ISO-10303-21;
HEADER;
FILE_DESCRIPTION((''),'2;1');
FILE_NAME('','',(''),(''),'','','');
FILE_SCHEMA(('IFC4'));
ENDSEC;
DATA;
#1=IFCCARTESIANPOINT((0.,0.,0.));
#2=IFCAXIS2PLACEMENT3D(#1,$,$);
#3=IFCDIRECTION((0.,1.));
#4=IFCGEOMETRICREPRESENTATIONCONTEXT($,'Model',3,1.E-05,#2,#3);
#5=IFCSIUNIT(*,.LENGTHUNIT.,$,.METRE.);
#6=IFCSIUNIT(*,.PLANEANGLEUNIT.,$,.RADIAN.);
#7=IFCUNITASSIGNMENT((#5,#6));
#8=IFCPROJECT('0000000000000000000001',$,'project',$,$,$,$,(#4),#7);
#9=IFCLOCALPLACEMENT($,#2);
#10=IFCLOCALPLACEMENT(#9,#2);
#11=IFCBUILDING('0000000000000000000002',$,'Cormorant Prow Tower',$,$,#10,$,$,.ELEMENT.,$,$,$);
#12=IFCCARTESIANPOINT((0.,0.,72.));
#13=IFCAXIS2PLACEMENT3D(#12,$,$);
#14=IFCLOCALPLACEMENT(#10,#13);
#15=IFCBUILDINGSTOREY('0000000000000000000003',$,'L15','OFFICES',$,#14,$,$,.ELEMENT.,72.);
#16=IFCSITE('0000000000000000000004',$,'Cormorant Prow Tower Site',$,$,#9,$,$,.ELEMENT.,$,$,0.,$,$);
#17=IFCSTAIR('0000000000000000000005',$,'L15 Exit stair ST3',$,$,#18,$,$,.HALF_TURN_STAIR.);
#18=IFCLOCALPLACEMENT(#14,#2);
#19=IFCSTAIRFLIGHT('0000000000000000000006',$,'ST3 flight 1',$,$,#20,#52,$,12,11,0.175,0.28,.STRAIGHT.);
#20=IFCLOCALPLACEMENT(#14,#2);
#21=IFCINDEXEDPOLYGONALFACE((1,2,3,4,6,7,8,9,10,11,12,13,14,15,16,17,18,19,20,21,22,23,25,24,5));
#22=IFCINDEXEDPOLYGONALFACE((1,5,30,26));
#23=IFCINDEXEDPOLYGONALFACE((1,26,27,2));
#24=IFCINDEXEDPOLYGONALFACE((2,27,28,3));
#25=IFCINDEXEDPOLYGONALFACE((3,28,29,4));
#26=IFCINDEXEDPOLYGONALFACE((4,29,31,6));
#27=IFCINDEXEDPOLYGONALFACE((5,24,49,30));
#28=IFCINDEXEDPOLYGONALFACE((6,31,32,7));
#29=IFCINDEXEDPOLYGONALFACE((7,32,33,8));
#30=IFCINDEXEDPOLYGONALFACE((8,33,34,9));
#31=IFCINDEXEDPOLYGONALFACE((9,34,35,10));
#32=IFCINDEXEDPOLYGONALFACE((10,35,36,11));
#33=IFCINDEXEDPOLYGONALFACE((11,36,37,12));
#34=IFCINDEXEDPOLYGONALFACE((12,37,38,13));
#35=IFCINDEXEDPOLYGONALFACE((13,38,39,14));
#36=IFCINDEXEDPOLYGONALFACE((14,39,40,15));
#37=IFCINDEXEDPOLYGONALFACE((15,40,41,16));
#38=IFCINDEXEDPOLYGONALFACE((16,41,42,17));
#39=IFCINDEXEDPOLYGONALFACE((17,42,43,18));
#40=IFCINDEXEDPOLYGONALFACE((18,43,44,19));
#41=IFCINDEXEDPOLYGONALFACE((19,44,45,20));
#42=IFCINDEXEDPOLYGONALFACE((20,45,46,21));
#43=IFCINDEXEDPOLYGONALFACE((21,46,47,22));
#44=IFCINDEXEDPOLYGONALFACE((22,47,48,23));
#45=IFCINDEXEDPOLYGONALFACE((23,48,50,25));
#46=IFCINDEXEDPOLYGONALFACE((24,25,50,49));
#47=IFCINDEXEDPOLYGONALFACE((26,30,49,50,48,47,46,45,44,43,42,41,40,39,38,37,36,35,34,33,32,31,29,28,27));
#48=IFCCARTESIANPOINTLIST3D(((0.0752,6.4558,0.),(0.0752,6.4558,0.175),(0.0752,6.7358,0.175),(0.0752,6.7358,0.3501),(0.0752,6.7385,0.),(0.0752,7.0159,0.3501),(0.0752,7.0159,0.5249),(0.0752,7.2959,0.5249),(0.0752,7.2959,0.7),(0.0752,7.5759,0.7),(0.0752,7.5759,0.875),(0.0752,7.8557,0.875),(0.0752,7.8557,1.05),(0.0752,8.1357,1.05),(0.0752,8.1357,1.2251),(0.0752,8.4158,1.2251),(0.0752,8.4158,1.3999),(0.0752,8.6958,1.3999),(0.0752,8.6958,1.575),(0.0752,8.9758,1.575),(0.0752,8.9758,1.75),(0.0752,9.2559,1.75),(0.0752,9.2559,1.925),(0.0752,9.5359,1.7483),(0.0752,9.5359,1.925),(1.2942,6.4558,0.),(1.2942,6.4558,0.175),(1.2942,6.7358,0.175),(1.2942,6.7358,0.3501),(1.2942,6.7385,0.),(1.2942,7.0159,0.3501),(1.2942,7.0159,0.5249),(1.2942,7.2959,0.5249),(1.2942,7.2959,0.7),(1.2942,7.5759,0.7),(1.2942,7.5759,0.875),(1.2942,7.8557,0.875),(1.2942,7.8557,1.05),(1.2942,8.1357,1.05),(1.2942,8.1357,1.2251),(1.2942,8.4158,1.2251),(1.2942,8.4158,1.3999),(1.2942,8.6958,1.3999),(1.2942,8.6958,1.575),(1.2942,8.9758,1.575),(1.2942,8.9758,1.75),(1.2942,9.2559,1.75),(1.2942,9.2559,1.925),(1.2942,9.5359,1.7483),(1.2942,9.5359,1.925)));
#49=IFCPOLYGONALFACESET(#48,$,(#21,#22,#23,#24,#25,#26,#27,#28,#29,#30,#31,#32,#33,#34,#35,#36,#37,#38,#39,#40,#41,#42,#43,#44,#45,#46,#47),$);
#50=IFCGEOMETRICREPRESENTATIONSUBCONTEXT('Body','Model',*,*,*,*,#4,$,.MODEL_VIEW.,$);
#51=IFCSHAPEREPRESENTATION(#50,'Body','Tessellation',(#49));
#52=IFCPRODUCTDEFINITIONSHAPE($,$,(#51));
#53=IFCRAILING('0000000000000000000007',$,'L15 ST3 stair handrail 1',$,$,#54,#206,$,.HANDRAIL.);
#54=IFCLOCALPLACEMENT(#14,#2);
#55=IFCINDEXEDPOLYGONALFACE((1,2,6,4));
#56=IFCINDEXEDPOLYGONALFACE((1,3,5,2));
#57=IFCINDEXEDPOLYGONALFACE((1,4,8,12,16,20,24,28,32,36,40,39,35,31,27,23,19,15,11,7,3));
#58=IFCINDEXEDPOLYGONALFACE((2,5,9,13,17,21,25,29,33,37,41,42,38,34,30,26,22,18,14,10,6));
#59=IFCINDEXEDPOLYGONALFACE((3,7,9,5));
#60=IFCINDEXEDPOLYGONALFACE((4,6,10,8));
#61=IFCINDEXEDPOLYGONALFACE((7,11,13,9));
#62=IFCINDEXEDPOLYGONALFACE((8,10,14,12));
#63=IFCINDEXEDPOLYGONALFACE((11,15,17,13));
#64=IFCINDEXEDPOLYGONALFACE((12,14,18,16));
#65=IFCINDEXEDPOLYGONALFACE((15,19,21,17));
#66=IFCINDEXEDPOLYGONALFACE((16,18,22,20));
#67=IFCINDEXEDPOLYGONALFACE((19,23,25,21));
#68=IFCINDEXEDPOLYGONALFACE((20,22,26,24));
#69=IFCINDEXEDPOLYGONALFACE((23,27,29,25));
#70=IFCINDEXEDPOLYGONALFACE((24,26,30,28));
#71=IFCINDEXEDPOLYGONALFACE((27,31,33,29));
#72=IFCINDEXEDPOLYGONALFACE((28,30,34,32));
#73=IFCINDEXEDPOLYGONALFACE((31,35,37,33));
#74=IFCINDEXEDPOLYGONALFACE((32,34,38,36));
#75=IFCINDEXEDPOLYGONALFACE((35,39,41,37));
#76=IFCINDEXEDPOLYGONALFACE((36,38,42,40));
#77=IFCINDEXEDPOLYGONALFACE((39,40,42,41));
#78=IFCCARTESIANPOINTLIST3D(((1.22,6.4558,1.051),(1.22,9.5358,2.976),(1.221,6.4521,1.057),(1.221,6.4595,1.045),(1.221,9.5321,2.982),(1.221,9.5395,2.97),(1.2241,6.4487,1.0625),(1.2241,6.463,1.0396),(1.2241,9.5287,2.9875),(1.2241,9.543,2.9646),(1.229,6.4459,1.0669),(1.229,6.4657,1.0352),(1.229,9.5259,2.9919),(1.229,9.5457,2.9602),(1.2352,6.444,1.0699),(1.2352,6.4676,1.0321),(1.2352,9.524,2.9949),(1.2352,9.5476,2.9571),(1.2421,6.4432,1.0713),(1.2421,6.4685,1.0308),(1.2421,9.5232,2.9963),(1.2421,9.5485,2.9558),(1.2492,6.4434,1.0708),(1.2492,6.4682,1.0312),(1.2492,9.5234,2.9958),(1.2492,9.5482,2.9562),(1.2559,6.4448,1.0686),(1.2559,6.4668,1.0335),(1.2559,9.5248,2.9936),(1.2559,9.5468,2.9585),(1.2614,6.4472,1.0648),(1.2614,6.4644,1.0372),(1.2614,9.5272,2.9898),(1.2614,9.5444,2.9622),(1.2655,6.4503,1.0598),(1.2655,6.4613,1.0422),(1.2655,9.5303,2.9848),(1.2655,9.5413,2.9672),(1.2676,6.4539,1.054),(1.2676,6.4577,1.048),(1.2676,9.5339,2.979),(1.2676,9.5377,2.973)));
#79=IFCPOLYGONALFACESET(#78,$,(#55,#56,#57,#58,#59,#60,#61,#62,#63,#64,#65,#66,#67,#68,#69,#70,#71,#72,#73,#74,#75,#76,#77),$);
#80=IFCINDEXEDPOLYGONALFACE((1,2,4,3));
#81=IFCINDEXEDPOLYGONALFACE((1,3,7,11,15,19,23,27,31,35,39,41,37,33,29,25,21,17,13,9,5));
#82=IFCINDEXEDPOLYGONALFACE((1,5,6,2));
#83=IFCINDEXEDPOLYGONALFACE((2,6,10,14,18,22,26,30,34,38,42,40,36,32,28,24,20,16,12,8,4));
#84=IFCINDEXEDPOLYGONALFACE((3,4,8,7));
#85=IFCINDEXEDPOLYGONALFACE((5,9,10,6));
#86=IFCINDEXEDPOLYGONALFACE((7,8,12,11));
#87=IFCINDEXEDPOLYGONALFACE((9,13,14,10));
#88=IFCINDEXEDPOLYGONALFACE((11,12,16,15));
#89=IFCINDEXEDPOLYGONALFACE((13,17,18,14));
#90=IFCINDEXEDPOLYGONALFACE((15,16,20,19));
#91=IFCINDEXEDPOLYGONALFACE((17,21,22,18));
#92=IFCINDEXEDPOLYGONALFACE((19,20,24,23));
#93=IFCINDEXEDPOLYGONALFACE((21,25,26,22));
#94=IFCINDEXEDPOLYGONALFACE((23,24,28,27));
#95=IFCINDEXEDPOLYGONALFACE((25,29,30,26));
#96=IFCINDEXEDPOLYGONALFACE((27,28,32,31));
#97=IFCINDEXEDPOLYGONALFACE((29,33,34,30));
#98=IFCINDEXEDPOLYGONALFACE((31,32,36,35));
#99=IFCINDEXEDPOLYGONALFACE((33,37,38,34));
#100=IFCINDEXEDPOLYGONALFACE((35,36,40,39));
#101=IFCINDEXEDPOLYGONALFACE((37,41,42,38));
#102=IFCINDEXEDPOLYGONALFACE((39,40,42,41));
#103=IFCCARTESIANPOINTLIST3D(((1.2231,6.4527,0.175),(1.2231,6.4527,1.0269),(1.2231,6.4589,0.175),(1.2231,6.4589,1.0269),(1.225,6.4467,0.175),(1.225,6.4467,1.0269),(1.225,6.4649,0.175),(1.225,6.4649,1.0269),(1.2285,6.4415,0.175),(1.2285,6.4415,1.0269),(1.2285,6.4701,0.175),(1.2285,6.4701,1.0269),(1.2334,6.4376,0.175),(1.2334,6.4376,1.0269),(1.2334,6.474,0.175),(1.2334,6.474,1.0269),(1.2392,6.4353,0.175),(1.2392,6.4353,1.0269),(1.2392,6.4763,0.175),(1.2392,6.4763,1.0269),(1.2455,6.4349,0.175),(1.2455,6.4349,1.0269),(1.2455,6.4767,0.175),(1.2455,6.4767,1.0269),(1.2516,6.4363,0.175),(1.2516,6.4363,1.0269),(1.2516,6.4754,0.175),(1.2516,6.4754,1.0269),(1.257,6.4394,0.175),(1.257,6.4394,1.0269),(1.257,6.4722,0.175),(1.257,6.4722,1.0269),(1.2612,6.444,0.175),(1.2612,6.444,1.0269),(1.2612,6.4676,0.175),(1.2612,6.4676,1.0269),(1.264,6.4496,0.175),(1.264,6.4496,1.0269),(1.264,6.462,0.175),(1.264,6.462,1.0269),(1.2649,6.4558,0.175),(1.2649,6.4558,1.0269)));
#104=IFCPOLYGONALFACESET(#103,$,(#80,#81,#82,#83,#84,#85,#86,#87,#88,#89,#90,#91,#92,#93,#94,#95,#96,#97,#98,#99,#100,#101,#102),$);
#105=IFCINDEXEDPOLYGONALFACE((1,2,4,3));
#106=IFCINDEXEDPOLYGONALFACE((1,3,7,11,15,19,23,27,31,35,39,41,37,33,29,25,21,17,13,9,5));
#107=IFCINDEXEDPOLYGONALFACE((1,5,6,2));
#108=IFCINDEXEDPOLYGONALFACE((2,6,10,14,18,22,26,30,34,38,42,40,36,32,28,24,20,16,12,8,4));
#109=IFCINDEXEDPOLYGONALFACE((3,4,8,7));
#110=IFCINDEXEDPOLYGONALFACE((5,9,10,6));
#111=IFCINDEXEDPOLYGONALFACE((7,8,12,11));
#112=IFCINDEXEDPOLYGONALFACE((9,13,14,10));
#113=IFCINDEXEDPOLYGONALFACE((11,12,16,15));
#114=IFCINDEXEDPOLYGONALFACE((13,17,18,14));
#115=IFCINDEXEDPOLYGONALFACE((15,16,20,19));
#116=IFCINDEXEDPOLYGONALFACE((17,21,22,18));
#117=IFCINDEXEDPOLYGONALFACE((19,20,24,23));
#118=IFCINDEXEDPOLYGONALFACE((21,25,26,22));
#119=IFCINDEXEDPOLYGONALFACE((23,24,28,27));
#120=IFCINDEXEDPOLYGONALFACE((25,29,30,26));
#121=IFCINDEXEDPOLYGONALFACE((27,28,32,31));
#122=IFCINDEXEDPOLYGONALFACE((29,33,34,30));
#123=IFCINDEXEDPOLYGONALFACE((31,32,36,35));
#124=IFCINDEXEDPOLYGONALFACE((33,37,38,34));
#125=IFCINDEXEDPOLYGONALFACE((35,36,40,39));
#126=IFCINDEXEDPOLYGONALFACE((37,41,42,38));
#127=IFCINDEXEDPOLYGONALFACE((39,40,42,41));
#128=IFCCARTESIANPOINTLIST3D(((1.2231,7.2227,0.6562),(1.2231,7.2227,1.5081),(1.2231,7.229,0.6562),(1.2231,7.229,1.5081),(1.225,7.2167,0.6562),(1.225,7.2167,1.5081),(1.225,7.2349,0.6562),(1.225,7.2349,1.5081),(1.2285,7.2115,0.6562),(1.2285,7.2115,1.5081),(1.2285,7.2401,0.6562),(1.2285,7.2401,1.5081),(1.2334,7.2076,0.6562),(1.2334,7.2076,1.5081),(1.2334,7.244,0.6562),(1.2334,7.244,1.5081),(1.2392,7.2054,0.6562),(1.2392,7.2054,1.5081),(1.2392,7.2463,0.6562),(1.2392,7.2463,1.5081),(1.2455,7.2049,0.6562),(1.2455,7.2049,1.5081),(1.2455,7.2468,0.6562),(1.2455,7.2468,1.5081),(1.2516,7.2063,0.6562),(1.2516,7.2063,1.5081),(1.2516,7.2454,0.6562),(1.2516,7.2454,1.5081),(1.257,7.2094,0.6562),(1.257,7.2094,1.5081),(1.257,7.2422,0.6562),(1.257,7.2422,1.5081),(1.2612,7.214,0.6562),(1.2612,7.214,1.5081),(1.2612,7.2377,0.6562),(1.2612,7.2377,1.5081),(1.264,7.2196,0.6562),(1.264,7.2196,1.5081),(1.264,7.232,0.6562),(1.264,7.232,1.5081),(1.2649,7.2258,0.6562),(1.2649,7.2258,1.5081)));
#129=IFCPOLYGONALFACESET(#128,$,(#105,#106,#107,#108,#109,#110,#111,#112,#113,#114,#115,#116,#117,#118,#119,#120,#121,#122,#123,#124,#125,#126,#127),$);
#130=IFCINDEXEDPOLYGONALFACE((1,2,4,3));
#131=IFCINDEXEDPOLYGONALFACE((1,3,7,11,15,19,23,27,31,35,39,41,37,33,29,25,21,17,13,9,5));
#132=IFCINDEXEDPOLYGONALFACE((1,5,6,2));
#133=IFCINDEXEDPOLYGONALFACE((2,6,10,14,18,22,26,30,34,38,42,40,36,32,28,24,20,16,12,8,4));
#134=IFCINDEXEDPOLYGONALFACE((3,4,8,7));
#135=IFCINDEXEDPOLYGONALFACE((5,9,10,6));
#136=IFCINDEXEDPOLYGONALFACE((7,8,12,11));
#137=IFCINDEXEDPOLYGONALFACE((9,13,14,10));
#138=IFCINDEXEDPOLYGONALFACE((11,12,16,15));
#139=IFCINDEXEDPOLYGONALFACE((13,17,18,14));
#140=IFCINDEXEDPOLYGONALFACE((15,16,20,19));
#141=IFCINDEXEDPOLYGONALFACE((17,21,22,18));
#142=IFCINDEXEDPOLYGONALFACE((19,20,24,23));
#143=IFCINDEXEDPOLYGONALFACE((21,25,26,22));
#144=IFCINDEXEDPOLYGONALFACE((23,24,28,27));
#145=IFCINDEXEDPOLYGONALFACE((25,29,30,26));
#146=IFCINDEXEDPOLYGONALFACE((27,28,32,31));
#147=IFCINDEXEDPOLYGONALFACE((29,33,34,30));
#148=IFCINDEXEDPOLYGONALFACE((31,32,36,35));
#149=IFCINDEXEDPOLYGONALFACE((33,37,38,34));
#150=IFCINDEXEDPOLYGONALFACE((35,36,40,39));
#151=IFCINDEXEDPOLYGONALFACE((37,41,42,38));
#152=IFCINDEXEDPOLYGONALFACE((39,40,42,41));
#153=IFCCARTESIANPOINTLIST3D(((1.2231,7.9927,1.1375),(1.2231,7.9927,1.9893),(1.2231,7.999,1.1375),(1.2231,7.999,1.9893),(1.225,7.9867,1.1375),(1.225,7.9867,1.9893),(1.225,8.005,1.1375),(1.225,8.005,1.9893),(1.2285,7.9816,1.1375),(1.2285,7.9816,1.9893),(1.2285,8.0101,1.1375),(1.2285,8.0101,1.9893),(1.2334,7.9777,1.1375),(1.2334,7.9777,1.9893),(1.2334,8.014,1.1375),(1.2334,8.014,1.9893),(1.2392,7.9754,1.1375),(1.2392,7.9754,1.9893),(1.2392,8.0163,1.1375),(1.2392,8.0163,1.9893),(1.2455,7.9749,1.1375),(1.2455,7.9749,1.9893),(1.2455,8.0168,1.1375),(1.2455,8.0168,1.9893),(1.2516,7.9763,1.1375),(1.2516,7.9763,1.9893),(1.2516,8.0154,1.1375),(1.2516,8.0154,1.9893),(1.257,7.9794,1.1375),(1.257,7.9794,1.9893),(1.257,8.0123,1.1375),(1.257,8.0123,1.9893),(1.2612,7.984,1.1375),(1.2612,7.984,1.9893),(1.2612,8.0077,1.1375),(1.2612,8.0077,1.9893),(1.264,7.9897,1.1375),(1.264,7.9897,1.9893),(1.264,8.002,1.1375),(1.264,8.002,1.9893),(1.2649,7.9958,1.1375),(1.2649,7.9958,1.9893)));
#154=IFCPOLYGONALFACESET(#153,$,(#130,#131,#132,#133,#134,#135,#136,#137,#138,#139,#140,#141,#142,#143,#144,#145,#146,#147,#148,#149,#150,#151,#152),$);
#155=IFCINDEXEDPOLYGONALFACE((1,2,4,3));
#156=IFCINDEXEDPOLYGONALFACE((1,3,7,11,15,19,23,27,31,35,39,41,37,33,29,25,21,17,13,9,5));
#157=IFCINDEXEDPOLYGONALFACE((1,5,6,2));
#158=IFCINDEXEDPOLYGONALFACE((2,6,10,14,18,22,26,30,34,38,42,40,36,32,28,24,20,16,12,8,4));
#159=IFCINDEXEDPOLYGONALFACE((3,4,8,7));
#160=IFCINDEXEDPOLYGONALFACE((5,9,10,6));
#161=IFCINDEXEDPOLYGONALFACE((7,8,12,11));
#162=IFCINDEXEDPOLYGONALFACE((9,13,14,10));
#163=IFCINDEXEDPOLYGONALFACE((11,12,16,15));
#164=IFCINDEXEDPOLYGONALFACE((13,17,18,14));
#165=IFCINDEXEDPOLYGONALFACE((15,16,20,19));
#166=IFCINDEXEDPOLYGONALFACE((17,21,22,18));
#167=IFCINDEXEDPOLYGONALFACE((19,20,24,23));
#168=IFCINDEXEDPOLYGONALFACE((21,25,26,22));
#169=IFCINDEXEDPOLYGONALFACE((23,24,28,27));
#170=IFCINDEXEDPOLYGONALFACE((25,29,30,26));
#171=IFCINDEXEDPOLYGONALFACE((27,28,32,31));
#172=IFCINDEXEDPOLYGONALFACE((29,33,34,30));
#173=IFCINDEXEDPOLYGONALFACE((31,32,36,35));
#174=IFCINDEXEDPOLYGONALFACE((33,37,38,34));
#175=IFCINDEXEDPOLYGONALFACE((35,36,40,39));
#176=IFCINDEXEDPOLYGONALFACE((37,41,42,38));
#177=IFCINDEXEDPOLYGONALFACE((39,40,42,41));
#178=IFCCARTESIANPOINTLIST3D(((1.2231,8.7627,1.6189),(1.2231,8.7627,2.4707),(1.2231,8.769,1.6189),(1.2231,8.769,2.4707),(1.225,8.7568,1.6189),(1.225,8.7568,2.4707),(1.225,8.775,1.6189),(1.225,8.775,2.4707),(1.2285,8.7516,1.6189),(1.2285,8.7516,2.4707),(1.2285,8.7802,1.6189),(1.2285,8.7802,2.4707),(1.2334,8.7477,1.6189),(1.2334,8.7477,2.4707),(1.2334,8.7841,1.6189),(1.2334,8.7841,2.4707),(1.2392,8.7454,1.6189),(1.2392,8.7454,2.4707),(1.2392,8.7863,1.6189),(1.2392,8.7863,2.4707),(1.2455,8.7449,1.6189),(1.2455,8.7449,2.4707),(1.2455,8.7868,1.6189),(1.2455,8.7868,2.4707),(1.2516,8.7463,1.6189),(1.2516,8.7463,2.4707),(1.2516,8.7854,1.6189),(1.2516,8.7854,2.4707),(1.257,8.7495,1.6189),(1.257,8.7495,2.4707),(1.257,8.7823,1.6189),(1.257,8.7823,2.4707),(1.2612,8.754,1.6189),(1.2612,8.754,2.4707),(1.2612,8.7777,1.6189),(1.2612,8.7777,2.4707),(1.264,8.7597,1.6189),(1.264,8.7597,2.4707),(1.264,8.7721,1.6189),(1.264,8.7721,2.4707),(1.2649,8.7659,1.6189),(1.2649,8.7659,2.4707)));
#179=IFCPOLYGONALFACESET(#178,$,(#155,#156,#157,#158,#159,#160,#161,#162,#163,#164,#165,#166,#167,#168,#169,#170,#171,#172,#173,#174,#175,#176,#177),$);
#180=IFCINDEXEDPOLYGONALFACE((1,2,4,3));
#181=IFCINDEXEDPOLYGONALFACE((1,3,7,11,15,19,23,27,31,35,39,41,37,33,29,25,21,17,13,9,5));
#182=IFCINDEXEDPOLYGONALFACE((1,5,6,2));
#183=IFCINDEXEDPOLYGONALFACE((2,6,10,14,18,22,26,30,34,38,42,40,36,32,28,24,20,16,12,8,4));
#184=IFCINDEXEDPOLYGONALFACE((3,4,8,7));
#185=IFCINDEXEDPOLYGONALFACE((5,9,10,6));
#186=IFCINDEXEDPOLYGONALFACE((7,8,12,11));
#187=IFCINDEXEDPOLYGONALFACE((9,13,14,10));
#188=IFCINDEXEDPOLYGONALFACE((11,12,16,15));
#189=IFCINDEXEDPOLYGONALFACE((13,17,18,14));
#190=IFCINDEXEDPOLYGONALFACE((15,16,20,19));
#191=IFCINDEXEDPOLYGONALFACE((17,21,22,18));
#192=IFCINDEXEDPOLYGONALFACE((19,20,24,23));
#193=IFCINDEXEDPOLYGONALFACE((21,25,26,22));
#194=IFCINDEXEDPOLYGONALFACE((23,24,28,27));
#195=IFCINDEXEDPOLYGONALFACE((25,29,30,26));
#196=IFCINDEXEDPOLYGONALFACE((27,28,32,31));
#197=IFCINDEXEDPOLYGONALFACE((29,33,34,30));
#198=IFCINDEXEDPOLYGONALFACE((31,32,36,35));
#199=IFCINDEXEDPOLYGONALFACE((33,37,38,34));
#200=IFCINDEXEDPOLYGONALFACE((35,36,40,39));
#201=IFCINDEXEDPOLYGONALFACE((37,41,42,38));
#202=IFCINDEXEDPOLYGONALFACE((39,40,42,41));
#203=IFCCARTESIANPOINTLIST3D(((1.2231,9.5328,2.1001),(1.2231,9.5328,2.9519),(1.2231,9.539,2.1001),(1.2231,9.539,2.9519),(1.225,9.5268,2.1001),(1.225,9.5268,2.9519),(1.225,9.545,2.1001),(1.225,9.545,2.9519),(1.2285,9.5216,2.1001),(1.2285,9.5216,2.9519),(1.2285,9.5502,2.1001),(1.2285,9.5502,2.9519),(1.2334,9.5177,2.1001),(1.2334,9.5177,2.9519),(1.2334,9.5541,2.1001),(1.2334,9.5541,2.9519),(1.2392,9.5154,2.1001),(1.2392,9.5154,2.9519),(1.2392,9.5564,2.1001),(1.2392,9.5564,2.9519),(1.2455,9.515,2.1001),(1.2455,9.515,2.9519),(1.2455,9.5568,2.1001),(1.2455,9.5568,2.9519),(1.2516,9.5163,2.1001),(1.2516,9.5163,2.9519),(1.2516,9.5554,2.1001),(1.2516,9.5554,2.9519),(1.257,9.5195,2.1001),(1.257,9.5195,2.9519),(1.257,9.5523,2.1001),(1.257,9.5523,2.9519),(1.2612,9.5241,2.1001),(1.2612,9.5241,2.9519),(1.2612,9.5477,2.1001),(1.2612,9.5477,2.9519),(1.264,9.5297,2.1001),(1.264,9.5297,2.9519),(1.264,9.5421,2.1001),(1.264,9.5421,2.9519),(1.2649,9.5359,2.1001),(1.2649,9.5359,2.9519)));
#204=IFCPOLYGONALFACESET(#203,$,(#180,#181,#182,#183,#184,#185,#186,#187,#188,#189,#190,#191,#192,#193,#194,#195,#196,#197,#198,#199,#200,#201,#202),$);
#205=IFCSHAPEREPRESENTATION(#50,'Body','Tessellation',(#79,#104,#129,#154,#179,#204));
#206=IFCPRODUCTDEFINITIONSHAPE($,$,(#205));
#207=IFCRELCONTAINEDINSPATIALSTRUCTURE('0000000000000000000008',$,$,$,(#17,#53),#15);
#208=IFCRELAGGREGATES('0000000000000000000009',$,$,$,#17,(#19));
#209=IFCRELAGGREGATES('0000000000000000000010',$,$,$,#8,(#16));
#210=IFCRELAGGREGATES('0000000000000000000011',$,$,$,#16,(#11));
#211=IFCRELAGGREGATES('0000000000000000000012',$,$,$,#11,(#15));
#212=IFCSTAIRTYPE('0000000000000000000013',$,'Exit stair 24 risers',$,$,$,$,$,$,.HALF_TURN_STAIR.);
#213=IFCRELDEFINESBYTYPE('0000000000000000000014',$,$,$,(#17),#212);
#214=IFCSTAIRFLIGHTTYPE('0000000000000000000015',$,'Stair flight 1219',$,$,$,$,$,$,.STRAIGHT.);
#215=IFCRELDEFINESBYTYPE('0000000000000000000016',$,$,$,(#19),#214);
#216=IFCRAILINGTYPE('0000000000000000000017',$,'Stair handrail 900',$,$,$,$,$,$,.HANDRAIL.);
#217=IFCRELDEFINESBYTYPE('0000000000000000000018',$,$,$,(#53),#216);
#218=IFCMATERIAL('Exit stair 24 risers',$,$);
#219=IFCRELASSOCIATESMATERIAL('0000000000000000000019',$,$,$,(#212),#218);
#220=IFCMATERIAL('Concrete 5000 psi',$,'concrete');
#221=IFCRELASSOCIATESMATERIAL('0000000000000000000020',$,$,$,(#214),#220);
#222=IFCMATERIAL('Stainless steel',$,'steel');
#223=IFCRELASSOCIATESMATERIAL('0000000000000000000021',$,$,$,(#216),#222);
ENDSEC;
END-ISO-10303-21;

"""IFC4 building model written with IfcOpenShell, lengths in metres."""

from ifc_helpers import new_model, si_unit, direction, frame, origin, origin_2d, place, context, subcontext, project, spatial, polyline, circle, outline, extrude, material, type_object, element, aggregate, save


model = new_model("IFC4")

# Units and contexts
model_context = context("Model", 3, precision=1e-05, world=origin(), true_north=direction((0.0, 1.0)))
body_context = subcontext(model_context, "Body", "Model", "MODEL_VIEW")
ifc_project = project(units=[si_unit("LENGTHUNIT", "METRE"), si_unit("PLANEANGLEUNIT", "RADIAN")], contexts=[model_context])

# Site, building, storey
site_placement = place(None, origin())
site = spatial("IfcSite", under=ifc_project, at=site_placement, Name="Cormorant Prow Tower Site", CompositionType="ELEMENT", RefElevation=0.0)
building_placement = place(site_placement, origin())
building = spatial("IfcBuilding", under=site, at=building_placement, Name="Cormorant Prow Tower", CompositionType="ELEMENT")
storey_placement = place(building_placement, frame((0.0, 0.0, 72.0)))
storey = spatial("IfcBuildingStorey", under=building, at=storey_placement, Name="L15", Description="OFFICES", CompositionType="ELEMENT", Elevation=72.0)

# Stair, stair flight
ifc_material_1 = material(Name="Exit stair 24 risers")
stair_type = type_object("IfcStairType", Name="Exit stair 24 risers", PredefinedType="HALF_TURN_STAIR", material=ifc_material_1)
stair_placement = place(storey_placement, origin())
stair = element("IfcStair", 1, at=stair_placement, inside=storey, type_object=stair_type, Name="L15 Exit stair ST3", PredefinedType="HALF_TURN_STAIR")
ifc_material_2 = material(Name="Concrete 5000 psi", Category="concrete")
stair_flight_type = type_object("IfcStairFlightType", Name="Stair flight 1219", PredefinedType="STRAIGHT", material=ifc_material_2)
stair_flight_placement = place(storey_placement, frame((0.6846, 6.4558, 0.0), z_axis=(0.0, 0.0, 1.0), x_axis=(0.0, 1.0, 0.0)))
stair_flight = element("IfcStairFlight", 2, at=stair_flight_placement, type_object=stair_flight_type, Name="ST3 flight 1", NumberOfRisers=12, NumberOfTreads=11, PredefinedType="STRAIGHT", RiserHeight=0.175, TreadLength=0.28, context=body_context, shape_type="SweptSolid", body=[
    extrude(outline(polyline([(0.0, 0.0), (0.0, 0.175), (0.28, 0.175), (0.28, 0.3501), (0.5601, 0.3501), (0.5601, 0.5249), (0.8401, 0.5249), (0.8401, 0.7), (1.1201, 0.7), (1.1201, 0.875), (1.3999, 0.875), (1.3999, 1.05), (1.6799, 1.05), (1.6799, 1.2251), (1.96, 1.2251), (1.96, 1.3999), (2.24, 1.3999), (2.24, 1.575), (2.52, 1.575), (2.52, 1.75), (2.8, 1.75), (2.8, 1.925), (3.0801, 1.925), (3.0801, 2.1001), (3.0801, 1.7483), (0.2827, 0.0), (0.0, 0.0)])), frame((0.0, 0.6094, 0.0), z_axis=(0.0, -1.0, 0.0), x_axis=(1.0, 0.0, 0.0)), (0.0, 0.0, 1.0), 1.219),
])
aggregate(stair, [stair_flight])

# Railing
ifc_material_3 = material(Name="Stainless steel", Category="steel")
railing_type_1 = type_object("IfcRailingType", Name="Stair handrail 900", PredefinedType="HANDRAIL", material=ifc_material_3)
railing_1_placement = place(storey_placement, frame((1.2439, 6.4558, 0.175)))
element("IfcRailing", 3, at=railing_1_placement, inside=storey, type_object=railing_type_1, Name="L15 ST3 stair handrail 1", PredefinedType="HANDRAIL", context=body_context, shape_type="SweptSolid", body=[
    extrude(circle(Radius=0.0239, at=origin_2d()), frame((0.0, 0.0, 0.876), z_axis=(0.0, 0.847998, 0.529999), x_axis=(-1.0, 0.0, 0.0)), (0.0, 0.0, 1.0), 3.6321),
    extrude(circle(Radius=0.021, at=origin_2d()), origin(), (0.0, 0.0, 1.0), 0.8518),
    extrude(circle(Radius=0.021, at=origin_2d()), frame((0.0, 0.77, 0.4812)), (0.0, 0.0, 1.0), 0.8518),
    extrude(circle(Radius=0.021, at=origin_2d()), frame((0.0, 1.54, 0.9624)), (0.0, 0.0, 1.0), 0.8518),
    extrude(circle(Radius=0.021, at=origin_2d()), frame((0.0, 2.3101, 1.4438)), (0.0, 0.0, 1.0), 0.8518),
    extrude(circle(Radius=0.021, at=origin_2d()), frame((0.0, 3.0801, 1.925)), (0.0, 0.0, 1.0), 0.8518),
])

save(model, "model.ifc")
